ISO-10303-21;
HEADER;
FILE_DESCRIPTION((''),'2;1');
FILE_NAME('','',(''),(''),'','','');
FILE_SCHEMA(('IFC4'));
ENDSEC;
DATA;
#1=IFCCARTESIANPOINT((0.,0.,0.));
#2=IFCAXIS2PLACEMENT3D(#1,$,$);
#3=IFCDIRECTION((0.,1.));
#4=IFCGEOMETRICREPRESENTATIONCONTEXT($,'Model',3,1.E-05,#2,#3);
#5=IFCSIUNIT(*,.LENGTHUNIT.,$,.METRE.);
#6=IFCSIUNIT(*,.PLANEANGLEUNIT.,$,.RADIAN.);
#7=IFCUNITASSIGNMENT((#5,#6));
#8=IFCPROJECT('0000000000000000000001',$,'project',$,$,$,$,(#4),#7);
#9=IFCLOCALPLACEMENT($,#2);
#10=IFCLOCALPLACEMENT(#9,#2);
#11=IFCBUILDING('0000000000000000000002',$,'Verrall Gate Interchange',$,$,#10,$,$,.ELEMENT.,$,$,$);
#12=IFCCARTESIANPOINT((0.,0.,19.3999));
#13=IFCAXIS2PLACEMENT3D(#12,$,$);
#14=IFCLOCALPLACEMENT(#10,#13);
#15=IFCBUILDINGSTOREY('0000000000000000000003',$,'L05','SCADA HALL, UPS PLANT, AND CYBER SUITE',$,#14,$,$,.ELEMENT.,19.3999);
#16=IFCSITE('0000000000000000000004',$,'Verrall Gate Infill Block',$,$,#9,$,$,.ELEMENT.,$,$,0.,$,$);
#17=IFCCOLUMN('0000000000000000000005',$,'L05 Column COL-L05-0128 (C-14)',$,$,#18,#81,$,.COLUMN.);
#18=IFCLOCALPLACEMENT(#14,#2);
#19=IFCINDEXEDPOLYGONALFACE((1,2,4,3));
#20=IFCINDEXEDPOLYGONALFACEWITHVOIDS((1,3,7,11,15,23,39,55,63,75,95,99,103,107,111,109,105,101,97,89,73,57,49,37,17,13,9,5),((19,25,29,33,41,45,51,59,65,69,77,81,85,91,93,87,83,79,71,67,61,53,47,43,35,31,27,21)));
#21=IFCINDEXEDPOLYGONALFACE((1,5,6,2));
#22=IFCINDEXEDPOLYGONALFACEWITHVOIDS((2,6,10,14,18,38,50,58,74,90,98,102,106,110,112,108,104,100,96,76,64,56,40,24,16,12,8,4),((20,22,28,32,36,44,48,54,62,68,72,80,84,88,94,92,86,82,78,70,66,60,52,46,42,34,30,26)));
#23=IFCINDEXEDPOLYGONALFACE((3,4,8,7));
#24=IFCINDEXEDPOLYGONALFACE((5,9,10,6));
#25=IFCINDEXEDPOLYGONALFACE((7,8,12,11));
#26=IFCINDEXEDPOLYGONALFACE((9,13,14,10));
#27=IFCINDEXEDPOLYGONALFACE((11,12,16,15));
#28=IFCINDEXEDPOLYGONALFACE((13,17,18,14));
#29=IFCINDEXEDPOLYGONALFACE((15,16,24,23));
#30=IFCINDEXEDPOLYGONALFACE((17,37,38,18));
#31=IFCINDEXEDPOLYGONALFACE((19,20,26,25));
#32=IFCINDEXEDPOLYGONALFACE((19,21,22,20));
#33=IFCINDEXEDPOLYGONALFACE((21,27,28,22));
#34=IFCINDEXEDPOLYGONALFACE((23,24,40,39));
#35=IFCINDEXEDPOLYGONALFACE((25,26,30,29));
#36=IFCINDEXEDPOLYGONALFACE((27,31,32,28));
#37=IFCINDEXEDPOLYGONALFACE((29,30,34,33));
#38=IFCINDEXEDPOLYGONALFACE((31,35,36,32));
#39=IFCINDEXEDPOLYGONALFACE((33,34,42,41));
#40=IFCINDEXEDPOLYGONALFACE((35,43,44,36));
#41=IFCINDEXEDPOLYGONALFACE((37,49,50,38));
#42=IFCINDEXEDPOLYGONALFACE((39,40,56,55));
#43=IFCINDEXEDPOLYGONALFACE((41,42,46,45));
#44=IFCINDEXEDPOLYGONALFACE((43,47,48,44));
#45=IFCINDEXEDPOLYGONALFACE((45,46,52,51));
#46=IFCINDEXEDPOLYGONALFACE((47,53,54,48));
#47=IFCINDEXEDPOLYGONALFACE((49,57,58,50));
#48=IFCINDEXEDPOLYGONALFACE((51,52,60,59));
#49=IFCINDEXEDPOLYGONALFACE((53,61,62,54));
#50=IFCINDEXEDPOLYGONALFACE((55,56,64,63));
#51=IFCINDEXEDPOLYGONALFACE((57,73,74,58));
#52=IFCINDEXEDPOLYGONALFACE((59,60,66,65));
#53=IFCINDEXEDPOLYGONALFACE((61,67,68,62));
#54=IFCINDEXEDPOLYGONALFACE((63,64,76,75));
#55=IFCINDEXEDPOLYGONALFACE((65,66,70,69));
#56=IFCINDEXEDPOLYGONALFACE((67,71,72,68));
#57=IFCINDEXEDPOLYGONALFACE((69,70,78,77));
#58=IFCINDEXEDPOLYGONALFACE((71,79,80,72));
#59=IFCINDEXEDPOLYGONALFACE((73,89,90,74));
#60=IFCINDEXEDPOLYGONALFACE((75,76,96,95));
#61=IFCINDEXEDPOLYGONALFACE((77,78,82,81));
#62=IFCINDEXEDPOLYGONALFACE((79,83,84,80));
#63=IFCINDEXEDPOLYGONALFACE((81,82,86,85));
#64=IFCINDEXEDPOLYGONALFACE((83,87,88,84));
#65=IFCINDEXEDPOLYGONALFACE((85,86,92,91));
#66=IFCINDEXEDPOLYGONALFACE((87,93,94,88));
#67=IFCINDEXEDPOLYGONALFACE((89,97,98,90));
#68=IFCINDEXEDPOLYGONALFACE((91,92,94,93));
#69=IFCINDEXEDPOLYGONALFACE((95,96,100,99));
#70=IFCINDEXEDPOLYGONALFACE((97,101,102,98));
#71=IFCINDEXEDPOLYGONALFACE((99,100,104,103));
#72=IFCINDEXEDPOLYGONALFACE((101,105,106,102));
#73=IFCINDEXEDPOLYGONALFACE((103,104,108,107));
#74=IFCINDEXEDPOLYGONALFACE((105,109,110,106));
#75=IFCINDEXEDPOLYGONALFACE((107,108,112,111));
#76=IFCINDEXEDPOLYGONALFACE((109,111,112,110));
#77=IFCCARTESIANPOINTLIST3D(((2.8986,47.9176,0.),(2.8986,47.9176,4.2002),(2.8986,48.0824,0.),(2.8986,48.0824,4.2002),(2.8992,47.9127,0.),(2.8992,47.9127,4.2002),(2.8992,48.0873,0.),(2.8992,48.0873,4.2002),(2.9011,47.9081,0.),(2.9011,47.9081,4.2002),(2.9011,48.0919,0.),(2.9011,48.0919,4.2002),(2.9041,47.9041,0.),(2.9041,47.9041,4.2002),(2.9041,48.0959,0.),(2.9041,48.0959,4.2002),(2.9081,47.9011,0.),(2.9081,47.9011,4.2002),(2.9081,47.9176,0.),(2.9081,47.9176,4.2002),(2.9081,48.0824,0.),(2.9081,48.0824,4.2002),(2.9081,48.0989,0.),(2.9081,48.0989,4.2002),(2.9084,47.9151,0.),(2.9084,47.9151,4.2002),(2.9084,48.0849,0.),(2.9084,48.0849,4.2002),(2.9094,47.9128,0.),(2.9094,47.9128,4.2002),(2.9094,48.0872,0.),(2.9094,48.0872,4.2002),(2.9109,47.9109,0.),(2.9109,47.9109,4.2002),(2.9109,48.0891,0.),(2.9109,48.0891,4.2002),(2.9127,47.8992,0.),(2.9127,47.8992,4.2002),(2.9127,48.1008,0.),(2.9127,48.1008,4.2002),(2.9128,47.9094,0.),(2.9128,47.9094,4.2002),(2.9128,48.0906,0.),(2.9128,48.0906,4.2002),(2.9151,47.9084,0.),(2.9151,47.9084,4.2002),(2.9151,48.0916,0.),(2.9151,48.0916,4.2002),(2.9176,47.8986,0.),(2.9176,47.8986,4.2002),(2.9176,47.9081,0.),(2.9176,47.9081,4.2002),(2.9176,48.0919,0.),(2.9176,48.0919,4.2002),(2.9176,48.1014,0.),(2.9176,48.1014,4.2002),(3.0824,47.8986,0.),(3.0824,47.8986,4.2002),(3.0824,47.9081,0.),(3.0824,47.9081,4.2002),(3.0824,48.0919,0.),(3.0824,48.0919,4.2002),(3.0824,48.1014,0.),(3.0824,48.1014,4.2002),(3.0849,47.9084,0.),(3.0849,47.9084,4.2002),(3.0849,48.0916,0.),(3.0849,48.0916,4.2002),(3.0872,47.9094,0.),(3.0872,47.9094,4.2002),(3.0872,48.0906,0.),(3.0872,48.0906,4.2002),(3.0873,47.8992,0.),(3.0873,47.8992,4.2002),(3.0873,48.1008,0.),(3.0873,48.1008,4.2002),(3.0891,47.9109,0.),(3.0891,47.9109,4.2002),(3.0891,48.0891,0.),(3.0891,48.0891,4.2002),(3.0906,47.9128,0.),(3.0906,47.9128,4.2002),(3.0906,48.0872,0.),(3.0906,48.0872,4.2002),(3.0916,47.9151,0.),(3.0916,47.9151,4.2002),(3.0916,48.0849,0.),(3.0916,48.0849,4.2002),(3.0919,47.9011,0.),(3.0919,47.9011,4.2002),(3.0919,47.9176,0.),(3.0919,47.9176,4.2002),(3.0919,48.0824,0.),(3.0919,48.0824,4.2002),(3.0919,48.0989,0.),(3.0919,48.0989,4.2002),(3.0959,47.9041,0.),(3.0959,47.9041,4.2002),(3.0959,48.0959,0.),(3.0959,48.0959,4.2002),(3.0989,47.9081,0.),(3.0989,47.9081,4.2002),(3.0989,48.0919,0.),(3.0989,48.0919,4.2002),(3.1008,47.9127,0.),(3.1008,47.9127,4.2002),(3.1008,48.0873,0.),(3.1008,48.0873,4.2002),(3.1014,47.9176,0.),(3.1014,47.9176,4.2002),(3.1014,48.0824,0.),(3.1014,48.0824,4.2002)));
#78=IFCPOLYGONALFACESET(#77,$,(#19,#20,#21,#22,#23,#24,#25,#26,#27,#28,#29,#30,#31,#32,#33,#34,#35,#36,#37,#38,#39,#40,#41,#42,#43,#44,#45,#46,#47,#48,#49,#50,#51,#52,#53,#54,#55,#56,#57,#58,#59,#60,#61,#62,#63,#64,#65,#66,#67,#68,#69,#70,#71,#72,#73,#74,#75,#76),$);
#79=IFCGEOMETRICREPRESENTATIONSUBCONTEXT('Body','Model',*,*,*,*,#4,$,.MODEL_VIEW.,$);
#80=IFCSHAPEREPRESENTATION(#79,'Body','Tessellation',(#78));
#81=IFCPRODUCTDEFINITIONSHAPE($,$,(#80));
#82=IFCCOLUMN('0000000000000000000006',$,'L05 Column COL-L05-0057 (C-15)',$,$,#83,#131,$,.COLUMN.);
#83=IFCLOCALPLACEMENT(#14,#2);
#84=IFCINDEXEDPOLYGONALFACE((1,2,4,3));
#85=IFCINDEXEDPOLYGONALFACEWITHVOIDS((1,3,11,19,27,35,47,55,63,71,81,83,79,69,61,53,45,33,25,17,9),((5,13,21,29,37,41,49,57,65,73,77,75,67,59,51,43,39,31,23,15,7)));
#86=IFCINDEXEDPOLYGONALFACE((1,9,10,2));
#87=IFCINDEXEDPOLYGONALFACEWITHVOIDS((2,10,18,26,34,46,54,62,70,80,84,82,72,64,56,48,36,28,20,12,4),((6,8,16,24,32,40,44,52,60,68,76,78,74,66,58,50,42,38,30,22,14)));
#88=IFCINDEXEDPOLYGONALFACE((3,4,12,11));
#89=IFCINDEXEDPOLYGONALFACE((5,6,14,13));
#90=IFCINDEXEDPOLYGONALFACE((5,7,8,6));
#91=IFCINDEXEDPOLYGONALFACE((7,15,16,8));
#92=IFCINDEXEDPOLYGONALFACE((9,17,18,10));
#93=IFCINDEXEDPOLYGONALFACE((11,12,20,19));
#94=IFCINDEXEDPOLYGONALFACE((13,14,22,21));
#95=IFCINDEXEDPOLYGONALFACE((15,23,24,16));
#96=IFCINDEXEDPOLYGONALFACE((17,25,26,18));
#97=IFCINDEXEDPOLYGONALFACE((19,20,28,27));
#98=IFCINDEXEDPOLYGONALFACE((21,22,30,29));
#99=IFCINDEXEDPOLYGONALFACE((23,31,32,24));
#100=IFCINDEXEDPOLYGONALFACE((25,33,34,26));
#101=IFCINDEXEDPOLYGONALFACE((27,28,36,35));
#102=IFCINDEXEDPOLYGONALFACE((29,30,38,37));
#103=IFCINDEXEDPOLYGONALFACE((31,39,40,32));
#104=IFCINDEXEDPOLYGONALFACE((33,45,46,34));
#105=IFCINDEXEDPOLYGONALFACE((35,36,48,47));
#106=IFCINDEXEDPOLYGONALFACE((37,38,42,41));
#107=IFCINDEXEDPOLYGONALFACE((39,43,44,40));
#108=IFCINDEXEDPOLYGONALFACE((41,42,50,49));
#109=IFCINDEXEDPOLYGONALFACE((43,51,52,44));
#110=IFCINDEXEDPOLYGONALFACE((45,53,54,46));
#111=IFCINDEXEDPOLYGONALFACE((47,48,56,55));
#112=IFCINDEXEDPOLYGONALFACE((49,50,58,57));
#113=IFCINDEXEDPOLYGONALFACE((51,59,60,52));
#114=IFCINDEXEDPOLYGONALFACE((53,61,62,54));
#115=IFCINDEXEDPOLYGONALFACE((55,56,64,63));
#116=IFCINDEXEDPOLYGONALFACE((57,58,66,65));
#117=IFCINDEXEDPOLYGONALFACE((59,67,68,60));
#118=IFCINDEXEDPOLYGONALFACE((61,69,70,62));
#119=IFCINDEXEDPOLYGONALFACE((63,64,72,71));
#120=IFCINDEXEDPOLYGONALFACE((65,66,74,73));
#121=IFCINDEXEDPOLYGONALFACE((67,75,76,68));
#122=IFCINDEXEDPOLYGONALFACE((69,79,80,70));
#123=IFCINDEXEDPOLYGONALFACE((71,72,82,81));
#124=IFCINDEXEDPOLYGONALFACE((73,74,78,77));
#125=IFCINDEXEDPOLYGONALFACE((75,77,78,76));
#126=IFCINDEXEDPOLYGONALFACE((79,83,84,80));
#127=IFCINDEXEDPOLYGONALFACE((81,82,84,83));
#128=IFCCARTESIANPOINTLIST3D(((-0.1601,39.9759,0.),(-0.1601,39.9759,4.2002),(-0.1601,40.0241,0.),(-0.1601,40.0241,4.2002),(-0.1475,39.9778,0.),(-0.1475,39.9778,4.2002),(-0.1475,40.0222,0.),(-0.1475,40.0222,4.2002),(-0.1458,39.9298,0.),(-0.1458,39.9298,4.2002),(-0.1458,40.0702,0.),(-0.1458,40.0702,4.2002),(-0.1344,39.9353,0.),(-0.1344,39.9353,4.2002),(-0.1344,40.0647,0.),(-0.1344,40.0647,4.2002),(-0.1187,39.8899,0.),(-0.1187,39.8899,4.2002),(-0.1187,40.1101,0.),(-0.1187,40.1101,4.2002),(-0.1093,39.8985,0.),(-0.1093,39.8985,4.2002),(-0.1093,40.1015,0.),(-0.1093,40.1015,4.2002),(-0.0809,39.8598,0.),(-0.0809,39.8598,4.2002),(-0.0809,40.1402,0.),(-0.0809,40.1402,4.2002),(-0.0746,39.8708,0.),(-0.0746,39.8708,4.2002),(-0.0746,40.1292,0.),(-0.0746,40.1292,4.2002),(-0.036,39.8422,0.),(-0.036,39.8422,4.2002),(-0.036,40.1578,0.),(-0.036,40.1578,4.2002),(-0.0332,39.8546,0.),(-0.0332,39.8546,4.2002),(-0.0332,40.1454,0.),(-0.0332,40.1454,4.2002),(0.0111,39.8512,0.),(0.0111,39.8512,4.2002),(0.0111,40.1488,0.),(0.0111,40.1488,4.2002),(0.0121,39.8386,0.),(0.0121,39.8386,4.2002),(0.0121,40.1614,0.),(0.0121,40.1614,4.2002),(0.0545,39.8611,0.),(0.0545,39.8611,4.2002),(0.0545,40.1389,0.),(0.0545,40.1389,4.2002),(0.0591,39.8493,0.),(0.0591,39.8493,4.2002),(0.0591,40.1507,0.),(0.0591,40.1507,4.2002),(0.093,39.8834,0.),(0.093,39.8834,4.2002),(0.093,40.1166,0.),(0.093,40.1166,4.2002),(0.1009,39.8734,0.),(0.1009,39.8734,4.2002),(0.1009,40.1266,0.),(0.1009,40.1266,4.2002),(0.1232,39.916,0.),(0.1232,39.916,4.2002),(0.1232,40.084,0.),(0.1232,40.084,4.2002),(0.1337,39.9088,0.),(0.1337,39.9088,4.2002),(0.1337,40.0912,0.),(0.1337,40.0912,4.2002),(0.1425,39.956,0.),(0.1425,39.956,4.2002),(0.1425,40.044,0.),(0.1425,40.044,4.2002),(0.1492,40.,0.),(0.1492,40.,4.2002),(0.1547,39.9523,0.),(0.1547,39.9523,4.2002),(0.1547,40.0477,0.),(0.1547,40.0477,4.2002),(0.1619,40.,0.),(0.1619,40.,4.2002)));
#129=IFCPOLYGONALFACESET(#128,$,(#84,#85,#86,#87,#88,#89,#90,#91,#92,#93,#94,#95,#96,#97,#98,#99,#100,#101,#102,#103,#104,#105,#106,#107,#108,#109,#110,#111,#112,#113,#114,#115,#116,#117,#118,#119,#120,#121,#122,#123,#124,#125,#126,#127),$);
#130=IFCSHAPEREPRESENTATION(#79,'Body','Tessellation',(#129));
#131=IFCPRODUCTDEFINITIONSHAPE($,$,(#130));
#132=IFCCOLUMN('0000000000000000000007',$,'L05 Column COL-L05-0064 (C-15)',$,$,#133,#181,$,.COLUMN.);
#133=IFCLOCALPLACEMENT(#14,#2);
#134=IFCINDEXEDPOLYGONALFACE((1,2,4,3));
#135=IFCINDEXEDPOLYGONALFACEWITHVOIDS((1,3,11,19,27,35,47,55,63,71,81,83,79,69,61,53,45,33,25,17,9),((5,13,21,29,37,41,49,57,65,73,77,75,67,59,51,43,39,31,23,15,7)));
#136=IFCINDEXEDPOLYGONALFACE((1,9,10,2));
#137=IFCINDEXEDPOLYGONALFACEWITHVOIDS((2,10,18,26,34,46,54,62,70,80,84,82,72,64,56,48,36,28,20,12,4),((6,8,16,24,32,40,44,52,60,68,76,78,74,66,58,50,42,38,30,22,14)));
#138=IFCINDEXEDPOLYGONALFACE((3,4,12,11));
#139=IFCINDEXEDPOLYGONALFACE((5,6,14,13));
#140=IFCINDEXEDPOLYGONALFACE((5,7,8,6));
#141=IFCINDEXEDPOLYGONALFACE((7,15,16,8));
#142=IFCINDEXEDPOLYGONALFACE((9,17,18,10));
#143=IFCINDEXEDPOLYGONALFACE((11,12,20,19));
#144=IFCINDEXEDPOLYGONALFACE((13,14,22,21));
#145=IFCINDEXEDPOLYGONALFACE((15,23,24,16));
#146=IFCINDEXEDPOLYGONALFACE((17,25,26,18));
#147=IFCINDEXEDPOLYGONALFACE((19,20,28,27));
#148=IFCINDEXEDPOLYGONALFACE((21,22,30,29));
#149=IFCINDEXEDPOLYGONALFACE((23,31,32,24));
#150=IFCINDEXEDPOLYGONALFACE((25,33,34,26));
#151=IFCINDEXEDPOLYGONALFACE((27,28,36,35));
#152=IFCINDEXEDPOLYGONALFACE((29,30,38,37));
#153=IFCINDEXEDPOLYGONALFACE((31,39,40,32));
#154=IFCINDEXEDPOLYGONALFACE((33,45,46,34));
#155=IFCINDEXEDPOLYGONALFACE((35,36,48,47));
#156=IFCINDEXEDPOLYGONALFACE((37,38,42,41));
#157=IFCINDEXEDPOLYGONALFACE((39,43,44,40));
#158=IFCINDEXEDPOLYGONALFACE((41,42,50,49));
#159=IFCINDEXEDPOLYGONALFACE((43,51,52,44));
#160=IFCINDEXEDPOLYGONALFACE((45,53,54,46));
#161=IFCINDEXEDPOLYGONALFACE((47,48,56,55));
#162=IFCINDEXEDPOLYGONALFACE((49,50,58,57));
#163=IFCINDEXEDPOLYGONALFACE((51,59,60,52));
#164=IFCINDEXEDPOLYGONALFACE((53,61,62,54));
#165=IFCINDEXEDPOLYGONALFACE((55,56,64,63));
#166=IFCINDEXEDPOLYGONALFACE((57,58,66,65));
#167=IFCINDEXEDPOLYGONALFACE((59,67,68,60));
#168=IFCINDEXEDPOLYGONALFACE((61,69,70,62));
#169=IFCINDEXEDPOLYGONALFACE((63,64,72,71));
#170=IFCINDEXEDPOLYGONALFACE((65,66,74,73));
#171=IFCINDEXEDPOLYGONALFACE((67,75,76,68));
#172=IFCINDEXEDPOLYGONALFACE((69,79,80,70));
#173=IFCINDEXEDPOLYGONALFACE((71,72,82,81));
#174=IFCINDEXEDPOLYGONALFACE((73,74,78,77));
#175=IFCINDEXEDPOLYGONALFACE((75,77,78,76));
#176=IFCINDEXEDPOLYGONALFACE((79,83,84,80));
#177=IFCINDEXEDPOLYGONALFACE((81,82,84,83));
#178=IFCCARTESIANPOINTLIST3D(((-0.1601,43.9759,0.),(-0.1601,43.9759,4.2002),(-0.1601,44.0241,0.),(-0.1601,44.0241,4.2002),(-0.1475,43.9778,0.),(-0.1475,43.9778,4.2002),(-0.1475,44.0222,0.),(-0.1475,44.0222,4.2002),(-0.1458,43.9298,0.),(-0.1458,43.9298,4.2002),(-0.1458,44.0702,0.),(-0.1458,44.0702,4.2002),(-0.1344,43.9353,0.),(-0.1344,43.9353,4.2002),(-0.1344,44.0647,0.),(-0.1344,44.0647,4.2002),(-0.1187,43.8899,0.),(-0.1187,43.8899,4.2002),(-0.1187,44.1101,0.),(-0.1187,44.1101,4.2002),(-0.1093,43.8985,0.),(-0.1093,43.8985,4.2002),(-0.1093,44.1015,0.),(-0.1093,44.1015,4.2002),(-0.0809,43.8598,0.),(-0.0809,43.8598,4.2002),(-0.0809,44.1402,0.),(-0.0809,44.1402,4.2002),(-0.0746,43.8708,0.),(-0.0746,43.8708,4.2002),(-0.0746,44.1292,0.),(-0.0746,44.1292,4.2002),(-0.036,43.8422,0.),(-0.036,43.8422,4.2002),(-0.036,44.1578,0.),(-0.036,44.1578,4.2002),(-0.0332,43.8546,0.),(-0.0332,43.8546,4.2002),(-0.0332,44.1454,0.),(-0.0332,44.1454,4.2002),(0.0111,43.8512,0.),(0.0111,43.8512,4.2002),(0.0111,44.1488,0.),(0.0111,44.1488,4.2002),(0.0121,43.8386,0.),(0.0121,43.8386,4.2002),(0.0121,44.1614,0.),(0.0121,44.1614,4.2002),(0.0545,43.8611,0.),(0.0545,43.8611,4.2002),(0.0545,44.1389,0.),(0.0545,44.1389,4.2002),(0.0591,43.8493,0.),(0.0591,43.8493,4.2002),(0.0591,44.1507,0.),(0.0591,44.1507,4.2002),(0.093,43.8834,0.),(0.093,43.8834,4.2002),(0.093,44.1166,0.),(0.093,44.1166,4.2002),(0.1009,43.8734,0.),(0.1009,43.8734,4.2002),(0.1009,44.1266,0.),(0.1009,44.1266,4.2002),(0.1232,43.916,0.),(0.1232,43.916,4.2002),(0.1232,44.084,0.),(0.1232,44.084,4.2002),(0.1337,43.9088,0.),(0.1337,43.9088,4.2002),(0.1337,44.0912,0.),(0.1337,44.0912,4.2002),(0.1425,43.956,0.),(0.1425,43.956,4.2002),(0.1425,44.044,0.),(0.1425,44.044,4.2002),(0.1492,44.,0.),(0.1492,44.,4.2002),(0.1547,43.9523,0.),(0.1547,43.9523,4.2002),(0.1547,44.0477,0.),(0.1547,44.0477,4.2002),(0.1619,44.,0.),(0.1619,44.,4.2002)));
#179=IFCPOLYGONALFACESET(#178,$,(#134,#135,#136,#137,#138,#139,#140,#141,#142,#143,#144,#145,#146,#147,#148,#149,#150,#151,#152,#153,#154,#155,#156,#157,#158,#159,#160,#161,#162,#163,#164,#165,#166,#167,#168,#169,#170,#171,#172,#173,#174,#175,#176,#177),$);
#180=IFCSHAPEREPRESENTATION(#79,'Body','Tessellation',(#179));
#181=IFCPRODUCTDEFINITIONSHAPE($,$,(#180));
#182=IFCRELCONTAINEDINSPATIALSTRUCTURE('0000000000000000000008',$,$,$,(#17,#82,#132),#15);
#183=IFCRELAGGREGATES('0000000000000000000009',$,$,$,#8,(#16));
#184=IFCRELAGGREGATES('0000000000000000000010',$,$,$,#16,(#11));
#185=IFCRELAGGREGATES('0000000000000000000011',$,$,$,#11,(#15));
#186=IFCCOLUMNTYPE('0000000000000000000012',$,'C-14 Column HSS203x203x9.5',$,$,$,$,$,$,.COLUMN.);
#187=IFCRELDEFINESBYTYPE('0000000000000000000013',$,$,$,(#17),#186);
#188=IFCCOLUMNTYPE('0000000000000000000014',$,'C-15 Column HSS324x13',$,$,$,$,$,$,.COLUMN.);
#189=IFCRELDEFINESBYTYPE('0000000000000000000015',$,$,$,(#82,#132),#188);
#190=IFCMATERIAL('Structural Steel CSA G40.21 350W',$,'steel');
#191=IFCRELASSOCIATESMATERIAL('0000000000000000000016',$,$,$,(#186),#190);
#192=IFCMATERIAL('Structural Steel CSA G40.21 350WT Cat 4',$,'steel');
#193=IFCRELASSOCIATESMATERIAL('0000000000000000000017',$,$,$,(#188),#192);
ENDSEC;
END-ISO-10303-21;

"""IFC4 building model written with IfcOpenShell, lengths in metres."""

from ifc_helpers import new_model, si_unit, direction, frame, origin, origin_2d, place, context, subcontext, project, spatial, hollow_rectangle, hollow_circle, extrude, material, material_profile, profile_set, type_object, element, save


model = new_model("IFC4")

# Units and contexts
model_context = context("Model", 3, precision=1e-05, world=origin(), true_north=direction((0.0, 1.0)))
body_context = subcontext(model_context, "Body", "Model", "MODEL_VIEW")
ifc_project = project(units=[si_unit("LENGTHUNIT", "METRE"), si_unit("PLANEANGLEUNIT", "RADIAN")], contexts=[model_context])

# Site, building, storey
site_placement = place(None, origin())
site = spatial("IfcSite", under=ifc_project, at=site_placement, Name="Verrall Gate Infill Block", CompositionType="ELEMENT", RefElevation=0.0)
building_placement = place(site_placement, origin())
building = spatial("IfcBuilding", under=site, at=building_placement, Name="Verrall Gate Interchange", CompositionType="ELEMENT")
storey_placement = place(building_placement, frame((0.0, 0.0, 19.3999)))
storey = spatial("IfcBuildingStorey", under=building, at=storey_placement, Name="L05", Description="SCADA HALL, UPS PLANT, AND CYBER SUITE", CompositionType="ELEMENT", Elevation=19.3999)

# Columns
ifc_material_1 = material(Name="Structural Steel CSA G40.21 350W", Category="steel")
ifc_material_profile_1 = material_profile(ifc_material_1, hollow_rectangle(XDim=0.2029, YDim=0.2029, WallThickness=0.0095, InnerFilletRadius=0.0095, OuterFilletRadius=0.019, at=origin_2d()), Name="HSS203x203x9.5")
ifc_profile_set_1 = profile_set([ifc_material_profile_1], Name="Structural Steel CSA G40.21 350W")
column_type_1 = type_object("IfcColumnType", Name="C-14 Column HSS203x203x9.5", PredefinedType="COLUMN", material=ifc_profile_set_1)
for number, where, z_axis, x_axis, name in (
    (1, (3.0, 48.0, 0.0), (0.0, 0.0, 1.0), (1.0, 0.0, 0.0), "L05 Column COL-L05-0128 (C-14)"),
):
    element("IfcColumn", number, at=place(storey_placement, frame(where, z_axis=z_axis, x_axis=x_axis)), inside=storey, type_object=column_type_1, Name=name, PredefinedType="COLUMN", context=body_context, shape_type="SweptSolid", body=[
        extrude(hollow_rectangle(XDim=0.2029, YDim=0.2029, WallThickness=0.0095, InnerFilletRadius=0.0095, OuterFilletRadius=0.019, at=origin_2d()), origin(), (0.0, 0.0, 1.0), 4.2002),
    ])
ifc_material_2 = material(Name="Structural Steel CSA G40.21 350WT Cat 4", Category="steel")
ifc_material_profile_2 = material_profile(ifc_material_2, hollow_circle(Radius=0.1619, WallThickness=0.0127, at=origin_2d()), Name="HSS324x13")
ifc_profile_set_2 = profile_set([ifc_material_profile_2], Name="Structural Steel CSA G40.21 350WT Cat 4")
column_type_2 = type_object("IfcColumnType", Name="C-15 Column HSS324x13", PredefinedType="COLUMN", material=ifc_profile_set_2)
for number, where, z_axis, x_axis, name in (
    (2, (0.0, 40.0, 0.0), (0.0, 0.0, 1.0), (1.0, 0.0, 0.0), "L05 Column COL-L05-0057 (C-15)"),
    (3, (0.0, 44.0, 0.0), (0.0, 0.0, 1.0), (1.0, 0.0, 0.0), "L05 Column COL-L05-0064 (C-15)"),
):
    element("IfcColumn", number, at=place(storey_placement, frame(where, z_axis=z_axis, x_axis=x_axis)), inside=storey, type_object=column_type_2, Name=name, PredefinedType="COLUMN", context=body_context, shape_type="SweptSolid", body=[
        extrude(hollow_circle(Radius=0.1619, WallThickness=0.0127, at=origin_2d()), origin(), (0.0, 0.0, 1.0), 4.2002),
    ])

save(model, "model.ifc")
